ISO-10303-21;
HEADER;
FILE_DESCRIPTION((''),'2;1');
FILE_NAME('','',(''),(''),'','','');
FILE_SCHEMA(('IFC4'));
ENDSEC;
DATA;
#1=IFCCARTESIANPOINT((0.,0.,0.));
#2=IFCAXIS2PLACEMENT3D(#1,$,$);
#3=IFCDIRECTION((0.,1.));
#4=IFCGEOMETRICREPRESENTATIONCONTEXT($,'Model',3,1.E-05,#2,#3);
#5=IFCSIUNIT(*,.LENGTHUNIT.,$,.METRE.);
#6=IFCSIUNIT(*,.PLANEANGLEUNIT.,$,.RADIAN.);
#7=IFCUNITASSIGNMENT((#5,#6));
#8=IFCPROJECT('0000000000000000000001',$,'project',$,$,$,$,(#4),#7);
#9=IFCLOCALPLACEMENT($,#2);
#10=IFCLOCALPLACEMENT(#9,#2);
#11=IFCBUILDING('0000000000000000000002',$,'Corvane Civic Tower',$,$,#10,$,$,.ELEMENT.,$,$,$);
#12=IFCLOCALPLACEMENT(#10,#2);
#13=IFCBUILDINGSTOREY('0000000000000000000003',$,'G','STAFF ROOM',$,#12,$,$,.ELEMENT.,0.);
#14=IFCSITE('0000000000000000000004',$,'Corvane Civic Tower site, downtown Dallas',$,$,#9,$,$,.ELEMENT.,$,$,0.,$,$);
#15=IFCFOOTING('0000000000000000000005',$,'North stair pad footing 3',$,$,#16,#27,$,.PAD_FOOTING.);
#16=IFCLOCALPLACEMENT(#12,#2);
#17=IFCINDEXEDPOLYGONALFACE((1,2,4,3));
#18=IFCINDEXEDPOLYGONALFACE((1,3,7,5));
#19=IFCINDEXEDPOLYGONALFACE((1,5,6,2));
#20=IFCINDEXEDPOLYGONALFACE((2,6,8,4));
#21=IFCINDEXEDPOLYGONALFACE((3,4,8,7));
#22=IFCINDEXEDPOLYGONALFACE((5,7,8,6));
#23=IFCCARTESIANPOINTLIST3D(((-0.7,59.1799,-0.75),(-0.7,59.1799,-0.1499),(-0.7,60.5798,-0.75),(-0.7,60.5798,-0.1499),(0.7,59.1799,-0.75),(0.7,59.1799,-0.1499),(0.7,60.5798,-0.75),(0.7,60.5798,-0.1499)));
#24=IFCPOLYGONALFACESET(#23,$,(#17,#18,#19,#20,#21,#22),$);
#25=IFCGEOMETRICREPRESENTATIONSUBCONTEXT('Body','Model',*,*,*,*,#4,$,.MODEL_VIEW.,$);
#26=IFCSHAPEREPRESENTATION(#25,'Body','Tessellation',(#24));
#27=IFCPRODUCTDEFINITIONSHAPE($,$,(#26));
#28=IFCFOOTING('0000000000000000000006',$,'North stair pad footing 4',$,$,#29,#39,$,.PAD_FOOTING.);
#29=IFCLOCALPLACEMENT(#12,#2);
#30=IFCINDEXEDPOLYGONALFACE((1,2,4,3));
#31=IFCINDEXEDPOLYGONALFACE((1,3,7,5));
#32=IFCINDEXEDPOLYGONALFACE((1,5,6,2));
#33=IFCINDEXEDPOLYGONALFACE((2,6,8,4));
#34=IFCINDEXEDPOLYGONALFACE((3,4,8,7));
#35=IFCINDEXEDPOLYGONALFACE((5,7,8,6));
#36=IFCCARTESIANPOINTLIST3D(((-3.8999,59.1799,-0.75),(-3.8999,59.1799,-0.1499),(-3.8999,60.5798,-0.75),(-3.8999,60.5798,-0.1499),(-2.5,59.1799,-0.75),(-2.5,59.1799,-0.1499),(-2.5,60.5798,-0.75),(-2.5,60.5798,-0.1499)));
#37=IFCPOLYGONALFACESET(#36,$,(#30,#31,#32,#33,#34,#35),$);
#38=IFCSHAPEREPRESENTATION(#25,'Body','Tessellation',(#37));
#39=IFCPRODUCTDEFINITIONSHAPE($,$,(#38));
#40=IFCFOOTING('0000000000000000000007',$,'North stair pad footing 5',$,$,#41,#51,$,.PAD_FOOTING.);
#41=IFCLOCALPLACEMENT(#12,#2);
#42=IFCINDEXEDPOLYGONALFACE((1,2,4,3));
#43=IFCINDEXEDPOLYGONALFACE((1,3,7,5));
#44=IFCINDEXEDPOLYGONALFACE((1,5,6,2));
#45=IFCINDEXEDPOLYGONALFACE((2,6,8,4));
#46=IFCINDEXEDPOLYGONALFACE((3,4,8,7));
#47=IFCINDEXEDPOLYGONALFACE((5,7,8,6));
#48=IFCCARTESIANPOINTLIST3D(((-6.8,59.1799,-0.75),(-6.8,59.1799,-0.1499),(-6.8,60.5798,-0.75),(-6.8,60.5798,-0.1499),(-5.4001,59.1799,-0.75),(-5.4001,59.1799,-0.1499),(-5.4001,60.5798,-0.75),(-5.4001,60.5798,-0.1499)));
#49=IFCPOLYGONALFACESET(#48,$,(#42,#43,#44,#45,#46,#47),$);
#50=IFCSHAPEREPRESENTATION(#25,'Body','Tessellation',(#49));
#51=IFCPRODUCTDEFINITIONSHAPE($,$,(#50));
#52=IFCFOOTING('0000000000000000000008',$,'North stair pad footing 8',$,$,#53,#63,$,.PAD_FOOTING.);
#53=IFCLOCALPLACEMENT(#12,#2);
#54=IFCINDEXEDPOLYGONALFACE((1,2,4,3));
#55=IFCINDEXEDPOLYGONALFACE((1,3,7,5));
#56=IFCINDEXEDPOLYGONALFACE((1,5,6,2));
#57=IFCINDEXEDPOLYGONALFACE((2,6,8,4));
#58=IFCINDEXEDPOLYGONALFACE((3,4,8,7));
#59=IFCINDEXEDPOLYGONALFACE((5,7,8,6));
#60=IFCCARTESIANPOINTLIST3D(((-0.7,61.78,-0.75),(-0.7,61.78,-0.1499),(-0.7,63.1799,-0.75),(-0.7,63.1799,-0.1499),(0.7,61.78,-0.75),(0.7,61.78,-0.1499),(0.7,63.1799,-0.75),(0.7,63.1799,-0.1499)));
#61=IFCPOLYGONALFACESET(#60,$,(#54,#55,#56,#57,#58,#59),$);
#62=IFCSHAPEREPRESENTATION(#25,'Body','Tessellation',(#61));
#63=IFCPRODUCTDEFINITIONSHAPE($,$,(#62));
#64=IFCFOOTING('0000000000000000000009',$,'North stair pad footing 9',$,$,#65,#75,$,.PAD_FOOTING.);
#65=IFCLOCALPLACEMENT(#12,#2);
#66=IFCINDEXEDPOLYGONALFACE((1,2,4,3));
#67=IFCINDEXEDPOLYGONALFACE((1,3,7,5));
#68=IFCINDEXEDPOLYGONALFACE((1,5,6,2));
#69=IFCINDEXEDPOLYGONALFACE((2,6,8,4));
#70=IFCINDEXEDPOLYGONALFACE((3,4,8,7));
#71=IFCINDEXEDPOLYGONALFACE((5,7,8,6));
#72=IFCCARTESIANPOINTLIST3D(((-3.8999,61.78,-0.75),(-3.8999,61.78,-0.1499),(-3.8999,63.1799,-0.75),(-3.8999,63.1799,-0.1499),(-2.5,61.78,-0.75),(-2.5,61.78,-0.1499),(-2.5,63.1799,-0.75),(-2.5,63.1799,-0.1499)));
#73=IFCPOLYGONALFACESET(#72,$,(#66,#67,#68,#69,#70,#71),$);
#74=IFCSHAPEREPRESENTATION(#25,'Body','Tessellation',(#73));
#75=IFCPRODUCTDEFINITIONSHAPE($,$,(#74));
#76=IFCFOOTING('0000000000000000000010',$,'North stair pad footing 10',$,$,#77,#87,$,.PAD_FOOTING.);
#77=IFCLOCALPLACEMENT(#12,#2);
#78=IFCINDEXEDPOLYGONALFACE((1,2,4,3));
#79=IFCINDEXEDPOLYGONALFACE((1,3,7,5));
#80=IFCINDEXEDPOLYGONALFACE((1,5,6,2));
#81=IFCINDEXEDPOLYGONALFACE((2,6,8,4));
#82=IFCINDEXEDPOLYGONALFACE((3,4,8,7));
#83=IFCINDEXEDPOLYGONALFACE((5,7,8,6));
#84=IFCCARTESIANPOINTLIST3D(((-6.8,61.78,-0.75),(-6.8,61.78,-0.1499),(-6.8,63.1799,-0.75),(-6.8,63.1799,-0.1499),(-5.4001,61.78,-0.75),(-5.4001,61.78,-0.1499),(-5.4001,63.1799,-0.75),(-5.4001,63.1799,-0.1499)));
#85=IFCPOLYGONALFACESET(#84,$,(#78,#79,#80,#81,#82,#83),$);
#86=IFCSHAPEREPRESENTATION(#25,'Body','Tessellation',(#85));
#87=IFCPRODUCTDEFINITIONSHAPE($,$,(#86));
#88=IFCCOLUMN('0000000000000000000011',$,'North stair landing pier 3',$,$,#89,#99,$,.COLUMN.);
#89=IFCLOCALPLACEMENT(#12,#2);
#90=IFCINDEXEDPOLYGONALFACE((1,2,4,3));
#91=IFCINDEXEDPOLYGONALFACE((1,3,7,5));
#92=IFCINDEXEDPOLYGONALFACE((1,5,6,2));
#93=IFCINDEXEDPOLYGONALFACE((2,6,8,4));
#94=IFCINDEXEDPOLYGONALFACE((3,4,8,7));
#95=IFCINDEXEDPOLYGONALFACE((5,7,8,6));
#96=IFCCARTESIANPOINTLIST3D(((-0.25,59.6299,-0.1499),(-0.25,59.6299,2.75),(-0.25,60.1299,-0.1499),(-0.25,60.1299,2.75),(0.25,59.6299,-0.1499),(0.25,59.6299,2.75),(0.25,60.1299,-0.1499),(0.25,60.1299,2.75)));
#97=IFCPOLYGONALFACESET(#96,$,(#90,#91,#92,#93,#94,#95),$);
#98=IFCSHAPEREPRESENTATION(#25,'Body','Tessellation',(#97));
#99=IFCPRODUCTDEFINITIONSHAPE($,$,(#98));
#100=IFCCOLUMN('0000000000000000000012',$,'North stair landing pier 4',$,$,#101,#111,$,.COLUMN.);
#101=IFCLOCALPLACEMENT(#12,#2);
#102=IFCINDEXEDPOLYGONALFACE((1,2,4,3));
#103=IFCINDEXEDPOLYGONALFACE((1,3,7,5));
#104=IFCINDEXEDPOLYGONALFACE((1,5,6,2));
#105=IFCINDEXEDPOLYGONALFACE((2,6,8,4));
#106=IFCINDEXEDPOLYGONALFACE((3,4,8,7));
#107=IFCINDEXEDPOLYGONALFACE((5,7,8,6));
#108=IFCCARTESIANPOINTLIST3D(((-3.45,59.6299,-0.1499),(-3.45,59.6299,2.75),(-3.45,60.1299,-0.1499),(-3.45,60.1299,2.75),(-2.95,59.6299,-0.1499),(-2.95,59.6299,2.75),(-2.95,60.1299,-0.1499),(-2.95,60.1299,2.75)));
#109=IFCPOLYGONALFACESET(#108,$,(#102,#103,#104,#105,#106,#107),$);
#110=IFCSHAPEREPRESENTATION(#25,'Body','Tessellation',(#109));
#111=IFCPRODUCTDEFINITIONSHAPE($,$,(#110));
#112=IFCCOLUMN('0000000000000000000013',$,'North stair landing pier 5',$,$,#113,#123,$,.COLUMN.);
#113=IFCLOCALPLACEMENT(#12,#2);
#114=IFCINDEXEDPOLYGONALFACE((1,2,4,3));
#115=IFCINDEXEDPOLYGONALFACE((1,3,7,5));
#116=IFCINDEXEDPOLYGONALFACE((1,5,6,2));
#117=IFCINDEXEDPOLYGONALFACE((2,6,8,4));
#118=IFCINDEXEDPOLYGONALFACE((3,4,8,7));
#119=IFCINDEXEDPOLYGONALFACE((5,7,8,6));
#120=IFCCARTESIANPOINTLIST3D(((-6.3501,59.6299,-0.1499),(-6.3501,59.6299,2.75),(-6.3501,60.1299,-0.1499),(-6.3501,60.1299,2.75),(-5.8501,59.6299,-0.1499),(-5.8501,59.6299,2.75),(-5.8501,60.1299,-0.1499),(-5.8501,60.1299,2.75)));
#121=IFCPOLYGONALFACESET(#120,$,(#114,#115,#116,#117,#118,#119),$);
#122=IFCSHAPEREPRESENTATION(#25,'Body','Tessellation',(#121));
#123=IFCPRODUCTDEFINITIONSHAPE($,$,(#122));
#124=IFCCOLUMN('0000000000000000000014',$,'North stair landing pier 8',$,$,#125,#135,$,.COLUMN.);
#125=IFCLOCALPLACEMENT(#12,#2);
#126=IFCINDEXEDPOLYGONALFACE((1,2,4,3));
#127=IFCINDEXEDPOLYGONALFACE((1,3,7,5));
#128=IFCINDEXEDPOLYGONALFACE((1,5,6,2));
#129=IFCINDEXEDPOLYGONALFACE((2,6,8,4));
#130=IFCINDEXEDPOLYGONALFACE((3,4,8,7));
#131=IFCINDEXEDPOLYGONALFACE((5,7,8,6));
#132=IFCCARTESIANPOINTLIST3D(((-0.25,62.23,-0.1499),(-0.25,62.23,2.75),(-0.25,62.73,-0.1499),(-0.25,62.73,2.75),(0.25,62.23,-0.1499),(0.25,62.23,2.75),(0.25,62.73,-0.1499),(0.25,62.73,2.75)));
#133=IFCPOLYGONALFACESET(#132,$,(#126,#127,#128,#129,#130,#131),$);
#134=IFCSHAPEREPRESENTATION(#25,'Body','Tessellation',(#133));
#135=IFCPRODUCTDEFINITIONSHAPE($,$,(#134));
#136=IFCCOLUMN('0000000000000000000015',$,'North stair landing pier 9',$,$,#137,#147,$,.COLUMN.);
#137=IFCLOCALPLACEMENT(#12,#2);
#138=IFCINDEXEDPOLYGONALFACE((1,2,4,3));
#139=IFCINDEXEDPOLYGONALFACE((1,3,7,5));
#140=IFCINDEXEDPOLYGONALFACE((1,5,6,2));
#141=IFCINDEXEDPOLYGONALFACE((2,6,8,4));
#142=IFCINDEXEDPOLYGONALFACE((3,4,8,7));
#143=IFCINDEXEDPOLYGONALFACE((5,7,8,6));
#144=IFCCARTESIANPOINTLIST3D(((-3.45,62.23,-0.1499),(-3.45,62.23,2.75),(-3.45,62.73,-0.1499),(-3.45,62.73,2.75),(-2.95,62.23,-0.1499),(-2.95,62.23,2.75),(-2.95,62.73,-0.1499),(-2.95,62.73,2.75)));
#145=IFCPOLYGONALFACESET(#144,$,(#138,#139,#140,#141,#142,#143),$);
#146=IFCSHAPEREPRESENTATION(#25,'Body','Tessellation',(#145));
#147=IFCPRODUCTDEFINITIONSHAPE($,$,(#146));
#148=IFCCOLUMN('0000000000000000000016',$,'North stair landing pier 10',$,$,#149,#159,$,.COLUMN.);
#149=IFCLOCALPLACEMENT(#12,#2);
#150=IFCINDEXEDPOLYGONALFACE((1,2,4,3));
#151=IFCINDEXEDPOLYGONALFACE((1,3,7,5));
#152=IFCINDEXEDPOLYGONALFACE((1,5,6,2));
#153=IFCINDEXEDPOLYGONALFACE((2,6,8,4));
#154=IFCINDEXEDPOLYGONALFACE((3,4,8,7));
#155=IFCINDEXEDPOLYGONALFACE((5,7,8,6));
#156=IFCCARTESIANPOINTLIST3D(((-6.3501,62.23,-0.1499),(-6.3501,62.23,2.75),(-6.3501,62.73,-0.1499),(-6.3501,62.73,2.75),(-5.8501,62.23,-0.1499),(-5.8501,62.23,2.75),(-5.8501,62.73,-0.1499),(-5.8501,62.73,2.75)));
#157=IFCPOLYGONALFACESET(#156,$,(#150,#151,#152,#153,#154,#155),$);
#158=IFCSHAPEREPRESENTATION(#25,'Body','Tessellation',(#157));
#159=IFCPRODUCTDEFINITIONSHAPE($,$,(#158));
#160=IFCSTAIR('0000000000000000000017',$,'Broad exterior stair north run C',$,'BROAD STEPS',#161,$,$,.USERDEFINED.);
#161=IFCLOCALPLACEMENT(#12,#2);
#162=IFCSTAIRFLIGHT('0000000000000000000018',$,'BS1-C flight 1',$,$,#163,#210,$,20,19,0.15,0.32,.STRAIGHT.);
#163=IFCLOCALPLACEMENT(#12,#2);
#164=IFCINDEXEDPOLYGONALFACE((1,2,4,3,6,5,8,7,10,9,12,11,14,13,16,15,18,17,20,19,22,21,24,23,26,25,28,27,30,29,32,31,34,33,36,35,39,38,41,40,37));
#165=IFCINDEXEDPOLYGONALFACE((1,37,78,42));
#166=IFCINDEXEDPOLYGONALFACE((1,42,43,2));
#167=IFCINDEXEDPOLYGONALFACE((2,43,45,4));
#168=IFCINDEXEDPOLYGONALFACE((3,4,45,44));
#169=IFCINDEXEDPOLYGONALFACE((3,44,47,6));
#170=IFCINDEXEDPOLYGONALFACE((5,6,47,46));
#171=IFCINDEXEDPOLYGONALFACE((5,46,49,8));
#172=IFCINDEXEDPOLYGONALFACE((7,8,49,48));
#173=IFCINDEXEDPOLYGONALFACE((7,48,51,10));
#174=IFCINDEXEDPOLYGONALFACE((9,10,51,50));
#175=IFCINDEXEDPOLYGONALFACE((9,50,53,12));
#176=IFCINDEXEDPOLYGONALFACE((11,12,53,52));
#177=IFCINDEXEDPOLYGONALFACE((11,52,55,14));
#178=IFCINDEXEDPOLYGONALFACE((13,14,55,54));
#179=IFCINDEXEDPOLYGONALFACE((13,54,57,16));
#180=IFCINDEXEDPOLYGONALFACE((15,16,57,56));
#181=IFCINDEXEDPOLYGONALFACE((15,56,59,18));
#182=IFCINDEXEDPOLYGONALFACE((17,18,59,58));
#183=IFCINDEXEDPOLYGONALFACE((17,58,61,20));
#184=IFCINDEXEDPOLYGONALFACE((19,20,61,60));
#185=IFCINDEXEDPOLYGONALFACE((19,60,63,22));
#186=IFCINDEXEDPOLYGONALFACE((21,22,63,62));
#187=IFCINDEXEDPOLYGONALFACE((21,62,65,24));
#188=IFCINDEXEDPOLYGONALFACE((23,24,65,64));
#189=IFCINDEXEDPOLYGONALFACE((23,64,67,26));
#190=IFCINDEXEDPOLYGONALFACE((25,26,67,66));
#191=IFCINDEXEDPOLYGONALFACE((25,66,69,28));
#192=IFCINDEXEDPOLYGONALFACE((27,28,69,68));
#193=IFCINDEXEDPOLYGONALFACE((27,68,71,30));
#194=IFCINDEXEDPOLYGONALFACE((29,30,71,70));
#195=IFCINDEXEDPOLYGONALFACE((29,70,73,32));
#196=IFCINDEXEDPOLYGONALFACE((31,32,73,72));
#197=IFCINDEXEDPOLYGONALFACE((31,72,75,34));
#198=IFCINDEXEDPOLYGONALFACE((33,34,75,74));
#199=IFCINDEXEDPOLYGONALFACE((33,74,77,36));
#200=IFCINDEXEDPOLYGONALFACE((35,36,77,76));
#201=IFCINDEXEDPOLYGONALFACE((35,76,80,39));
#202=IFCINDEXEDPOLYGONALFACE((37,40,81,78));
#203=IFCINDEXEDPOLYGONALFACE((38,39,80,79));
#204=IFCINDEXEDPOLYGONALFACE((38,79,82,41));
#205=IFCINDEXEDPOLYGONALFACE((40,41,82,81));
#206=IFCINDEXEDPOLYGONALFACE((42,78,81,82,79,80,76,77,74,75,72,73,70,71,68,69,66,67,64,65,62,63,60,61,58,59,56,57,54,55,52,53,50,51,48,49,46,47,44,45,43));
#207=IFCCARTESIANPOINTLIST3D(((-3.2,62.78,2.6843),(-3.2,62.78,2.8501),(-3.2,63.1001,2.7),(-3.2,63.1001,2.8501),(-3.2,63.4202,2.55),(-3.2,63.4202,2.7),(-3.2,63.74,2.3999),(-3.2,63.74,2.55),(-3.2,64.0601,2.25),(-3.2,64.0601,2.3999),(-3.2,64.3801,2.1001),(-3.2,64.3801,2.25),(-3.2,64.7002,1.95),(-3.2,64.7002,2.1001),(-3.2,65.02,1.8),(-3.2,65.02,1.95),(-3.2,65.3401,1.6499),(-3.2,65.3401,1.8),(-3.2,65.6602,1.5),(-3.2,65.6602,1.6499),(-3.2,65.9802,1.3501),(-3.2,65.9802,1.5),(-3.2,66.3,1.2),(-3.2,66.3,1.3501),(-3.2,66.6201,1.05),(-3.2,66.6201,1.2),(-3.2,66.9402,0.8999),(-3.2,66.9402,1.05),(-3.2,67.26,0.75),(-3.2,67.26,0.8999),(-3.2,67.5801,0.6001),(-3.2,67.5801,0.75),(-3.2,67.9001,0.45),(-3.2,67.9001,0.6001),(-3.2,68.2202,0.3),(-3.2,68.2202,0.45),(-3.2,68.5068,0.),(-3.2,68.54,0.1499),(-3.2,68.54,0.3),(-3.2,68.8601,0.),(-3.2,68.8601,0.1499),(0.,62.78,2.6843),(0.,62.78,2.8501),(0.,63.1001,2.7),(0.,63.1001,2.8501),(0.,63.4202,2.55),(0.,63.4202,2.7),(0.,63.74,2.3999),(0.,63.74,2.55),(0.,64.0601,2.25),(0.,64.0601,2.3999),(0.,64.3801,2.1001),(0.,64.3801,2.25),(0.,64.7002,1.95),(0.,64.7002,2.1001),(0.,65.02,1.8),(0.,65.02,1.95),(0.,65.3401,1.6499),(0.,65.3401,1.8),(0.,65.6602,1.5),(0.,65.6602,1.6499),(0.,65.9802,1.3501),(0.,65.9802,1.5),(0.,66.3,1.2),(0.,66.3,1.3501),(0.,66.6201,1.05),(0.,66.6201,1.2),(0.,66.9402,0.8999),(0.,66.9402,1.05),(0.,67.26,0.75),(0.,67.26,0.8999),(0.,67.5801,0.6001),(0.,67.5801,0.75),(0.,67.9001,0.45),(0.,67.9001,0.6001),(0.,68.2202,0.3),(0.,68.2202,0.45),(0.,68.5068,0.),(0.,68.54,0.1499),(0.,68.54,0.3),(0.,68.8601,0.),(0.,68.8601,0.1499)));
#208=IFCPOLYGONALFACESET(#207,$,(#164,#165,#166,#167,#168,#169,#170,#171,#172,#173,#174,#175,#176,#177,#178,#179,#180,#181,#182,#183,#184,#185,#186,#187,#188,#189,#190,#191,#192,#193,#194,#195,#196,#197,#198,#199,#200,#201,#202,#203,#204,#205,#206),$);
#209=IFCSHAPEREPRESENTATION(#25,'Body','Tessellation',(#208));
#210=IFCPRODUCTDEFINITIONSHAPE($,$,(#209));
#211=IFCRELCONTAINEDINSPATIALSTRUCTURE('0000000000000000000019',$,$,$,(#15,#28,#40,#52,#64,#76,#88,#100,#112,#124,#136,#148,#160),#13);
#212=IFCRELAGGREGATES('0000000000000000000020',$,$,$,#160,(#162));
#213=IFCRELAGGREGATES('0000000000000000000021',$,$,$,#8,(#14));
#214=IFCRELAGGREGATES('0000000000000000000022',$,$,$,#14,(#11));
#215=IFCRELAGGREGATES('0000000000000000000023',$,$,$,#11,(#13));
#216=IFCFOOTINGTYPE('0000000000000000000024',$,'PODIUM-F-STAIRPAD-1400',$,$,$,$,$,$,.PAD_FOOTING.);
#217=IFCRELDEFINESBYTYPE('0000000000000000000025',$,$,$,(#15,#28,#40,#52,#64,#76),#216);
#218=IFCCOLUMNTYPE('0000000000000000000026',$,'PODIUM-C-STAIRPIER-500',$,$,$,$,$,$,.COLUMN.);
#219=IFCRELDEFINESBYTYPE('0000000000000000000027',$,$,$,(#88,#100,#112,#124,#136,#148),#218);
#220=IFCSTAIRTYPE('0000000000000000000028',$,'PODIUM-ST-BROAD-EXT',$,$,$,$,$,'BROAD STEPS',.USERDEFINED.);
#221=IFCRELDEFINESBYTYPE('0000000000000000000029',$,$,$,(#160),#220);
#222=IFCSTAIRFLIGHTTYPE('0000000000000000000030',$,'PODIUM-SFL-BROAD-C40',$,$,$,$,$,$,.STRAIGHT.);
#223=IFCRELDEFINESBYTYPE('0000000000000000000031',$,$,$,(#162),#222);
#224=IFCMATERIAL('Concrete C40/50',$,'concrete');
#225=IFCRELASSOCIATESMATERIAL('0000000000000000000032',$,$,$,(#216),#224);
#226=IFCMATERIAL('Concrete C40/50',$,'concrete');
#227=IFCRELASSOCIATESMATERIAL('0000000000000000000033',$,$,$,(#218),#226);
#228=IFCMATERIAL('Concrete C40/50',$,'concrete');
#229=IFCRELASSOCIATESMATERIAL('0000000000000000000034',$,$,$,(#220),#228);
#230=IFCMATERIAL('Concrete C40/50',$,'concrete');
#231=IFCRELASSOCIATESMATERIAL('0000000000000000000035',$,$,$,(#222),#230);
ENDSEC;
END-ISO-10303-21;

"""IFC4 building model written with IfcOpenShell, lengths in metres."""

from ifc_helpers import new_model, si_unit, direction, frame, origin, origin_2d, place, context, subcontext, project, spatial, polyline, rectangle, outline, extrude, material, material_profile, profile_set, type_object, element, aggregate, save


model = new_model("IFC4")

# Units and contexts
model_context = context("Model", 3, precision=1e-05, world=origin(), true_north=direction((0.0, 1.0)))
body_context = subcontext(model_context, "Body", "Model", "MODEL_VIEW")
ifc_project = project(units=[si_unit("LENGTHUNIT", "METRE"), si_unit("PLANEANGLEUNIT", "RADIAN")], contexts=[model_context])

# Site, building, storey
site_placement = place(None, origin())
site = spatial("IfcSite", under=ifc_project, at=site_placement, Name="Corvane Civic Tower site, downtown Dallas", CompositionType="ELEMENT", RefElevation=0.0)
building_placement = place(site_placement, origin())
building = spatial("IfcBuilding", under=site, at=building_placement, Name="Corvane Civic Tower", CompositionType="ELEMENT")
storey_placement = place(building_placement, origin())
storey = spatial("IfcBuildingStorey", under=building, at=storey_placement, Name="G", Description="STAFF ROOM", CompositionType="ELEMENT", Elevation=0.0)

# Footings
ifc_material_1 = material(Name="Concrete C40/50", Category="concrete")
footing_type = type_object("IfcFootingType", Name="PODIUM-F-STAIRPAD-1400", PredefinedType="PAD_FOOTING", material=ifc_material_1)
for number, where, z_axis, x_axis, name in (
    (1, (0.0, 59.8799, -0.75), (0.0, 0.0, 1.0), (0.0, 1.0, 0.0), "North stair pad footing 3"),
    (2, (-3.2, 59.8799, -0.75), (0.0, 0.0, 1.0), (0.0, 1.0, 0.0), "North stair pad footing 4"),
    (3, (-6.1001, 59.8799, -0.75), (0.0, 0.0, 1.0), (0.0, 1.0, 0.0), "North stair pad footing 5"),
    (4, (0.0, 62.48, -0.75), (0.0, 0.0, 1.0), (0.0, 1.0, 0.0), "North stair pad footing 8"),
    (5, (-3.2, 62.48, -0.75), (0.0, 0.0, 1.0), (0.0, 1.0, 0.0), "North stair pad footing 9"),
    (6, (-6.1001, 62.48, -0.75), (0.0, 0.0, 1.0), (0.0, 1.0, 0.0), "North stair pad footing 10"),
):
    element("IfcFooting", number, at=place(storey_placement, frame(where, z_axis=z_axis, x_axis=x_axis)), inside=storey, type_object=footing_type, Name=name, PredefinedType="PAD_FOOTING", context=body_context, shape_type="SweptSolid", body=[
        extrude(rectangle(XDim=1.3999, YDim=1.3999, at=origin_2d()), origin(), (0.0, 0.0, 1.0), 0.6001),
    ])

# Columns
ifc_material_2 = material(Name="Concrete C40/50", Category="concrete")
ifc_material_profile = material_profile(ifc_material_2, rectangle(XDim=0.5, YDim=0.5, at=origin_2d()), Name="RC 500x500")
ifc_profile_set = profile_set([ifc_material_profile], Name="Concrete C40/50")
column_type = type_object("IfcColumnType", Name="PODIUM-C-STAIRPIER-500", PredefinedType="COLUMN", material=ifc_profile_set)
for number, where, z_axis, x_axis, name in (
    (7, (0.0, 59.8799, -0.1499), (0.0, 0.0, 1.0), (0.0, 1.0, 0.0), "North stair landing pier 3"),
    (8, (-3.2, 59.8799, -0.1499), (0.0, 0.0, 1.0), (0.0, 1.0, 0.0), "North stair landing pier 4"),
    (9, (-6.1001, 59.8799, -0.1499), (0.0, 0.0, 1.0), (0.0, 1.0, 0.0), "North stair landing pier 5"),
    (10, (0.0, 62.48, -0.1499), (0.0, 0.0, 1.0), (0.0, 1.0, 0.0), "North stair landing pier 8"),
    (11, (-3.2, 62.48, -0.1499), (0.0, 0.0, 1.0), (0.0, 1.0, 0.0), "North stair landing pier 9"),
    (12, (-6.1001, 62.48, -0.1499), (0.0, 0.0, 1.0), (0.0, 1.0, 0.0), "North stair landing pier 10"),
):
    element("IfcColumn", number, at=place(storey_placement, frame(where, z_axis=z_axis, x_axis=x_axis)), inside=storey, type_object=column_type, Name=name, PredefinedType="COLUMN", context=body_context, shape_type="SweptSolid", body=[
        extrude(rectangle(XDim=0.5, YDim=0.5, at=origin_2d()), origin(), (0.0, 0.0, 1.0), 2.8999),
    ])

# Stair, stair flight
ifc_material_3 = material(Name="Concrete C40/50", Category="concrete")
stair_type = type_object("IfcStairType", Name="PODIUM-ST-BROAD-EXT", ElementType="BROAD STEPS", PredefinedType="USERDEFINED", material=ifc_material_3)
stair_1_placement = place(storey_placement, origin())
stair_1 = element("IfcStair", 13, at=stair_1_placement, inside=storey, type_object=stair_type, Name="Broad exterior stair north run C", ObjectType="BROAD STEPS", PredefinedType="USERDEFINED")
ifc_material_4 = material(Name="Concrete C40/50", Category="concrete")
stair_flight_type = type_object("IfcStairFlightType", Name="PODIUM-SFL-BROAD-C40", PredefinedType="STRAIGHT", material=ifc_material_4)
stair_flight_1_placement = place(storey_placement, frame((-1.6001, 68.8601, 0.0), z_axis=(0.0, 0.0, 1.0), x_axis=(0.0, -1.0, 0.0)))
stair_flight_1 = element("IfcStairFlight", 14, at=stair_flight_1_placement, type_object=stair_flight_type, Name="BS1-C flight 1", NumberOfRisers=20, NumberOfTreads=19, PredefinedType="STRAIGHT", RiserHeight=0.15, TreadLength=0.32, context=body_context, shape_type="SweptSolid", body=[
    extrude(outline(polyline([(0.0, 0.0), (0.0, 0.1499), (0.3201, 0.1499), (0.3201, 0.3), (0.6399, 0.3), (0.6399, 0.45), (0.96, 0.45), (0.96, 0.6001), (1.28, 0.6001), (1.28, 0.75), (1.6001, 0.75), (1.6001, 0.8999), (1.9199, 0.8999), (1.9199, 1.05), (2.24, 1.05), (2.24, 1.2), (2.5601, 1.2), (2.5601, 1.3501), (2.8799, 1.3501), (2.8799, 1.5), (3.2, 1.5), (3.2, 1.6499), (3.52, 1.6499), (3.52, 1.8), (3.8401, 1.8), (3.8401, 1.95), (4.1599, 1.95), (4.1599, 2.1001), (4.48, 2.1001), (4.48, 2.25), (4.8, 2.25), (4.8, 2.3999), (5.1201, 2.3999), (5.1201, 2.55), (5.4399, 2.55), (5.4399, 2.7), (5.76, 2.7), (5.76, 2.8501), (6.0801, 2.8501), (6.0801, 3.0), (6.0801, 2.6843), (0.3533, 0.0), (0.0, 0.0)])), frame((0.0, 1.6001, 0.0), z_axis=(0.0, -1.0, 0.0), x_axis=(1.0, 0.0, 0.0)), (0.0, 0.0, 1.0), 3.2),
])
aggregate(stair_1, [stair_flight_1])

save(model, "model.ifc")
